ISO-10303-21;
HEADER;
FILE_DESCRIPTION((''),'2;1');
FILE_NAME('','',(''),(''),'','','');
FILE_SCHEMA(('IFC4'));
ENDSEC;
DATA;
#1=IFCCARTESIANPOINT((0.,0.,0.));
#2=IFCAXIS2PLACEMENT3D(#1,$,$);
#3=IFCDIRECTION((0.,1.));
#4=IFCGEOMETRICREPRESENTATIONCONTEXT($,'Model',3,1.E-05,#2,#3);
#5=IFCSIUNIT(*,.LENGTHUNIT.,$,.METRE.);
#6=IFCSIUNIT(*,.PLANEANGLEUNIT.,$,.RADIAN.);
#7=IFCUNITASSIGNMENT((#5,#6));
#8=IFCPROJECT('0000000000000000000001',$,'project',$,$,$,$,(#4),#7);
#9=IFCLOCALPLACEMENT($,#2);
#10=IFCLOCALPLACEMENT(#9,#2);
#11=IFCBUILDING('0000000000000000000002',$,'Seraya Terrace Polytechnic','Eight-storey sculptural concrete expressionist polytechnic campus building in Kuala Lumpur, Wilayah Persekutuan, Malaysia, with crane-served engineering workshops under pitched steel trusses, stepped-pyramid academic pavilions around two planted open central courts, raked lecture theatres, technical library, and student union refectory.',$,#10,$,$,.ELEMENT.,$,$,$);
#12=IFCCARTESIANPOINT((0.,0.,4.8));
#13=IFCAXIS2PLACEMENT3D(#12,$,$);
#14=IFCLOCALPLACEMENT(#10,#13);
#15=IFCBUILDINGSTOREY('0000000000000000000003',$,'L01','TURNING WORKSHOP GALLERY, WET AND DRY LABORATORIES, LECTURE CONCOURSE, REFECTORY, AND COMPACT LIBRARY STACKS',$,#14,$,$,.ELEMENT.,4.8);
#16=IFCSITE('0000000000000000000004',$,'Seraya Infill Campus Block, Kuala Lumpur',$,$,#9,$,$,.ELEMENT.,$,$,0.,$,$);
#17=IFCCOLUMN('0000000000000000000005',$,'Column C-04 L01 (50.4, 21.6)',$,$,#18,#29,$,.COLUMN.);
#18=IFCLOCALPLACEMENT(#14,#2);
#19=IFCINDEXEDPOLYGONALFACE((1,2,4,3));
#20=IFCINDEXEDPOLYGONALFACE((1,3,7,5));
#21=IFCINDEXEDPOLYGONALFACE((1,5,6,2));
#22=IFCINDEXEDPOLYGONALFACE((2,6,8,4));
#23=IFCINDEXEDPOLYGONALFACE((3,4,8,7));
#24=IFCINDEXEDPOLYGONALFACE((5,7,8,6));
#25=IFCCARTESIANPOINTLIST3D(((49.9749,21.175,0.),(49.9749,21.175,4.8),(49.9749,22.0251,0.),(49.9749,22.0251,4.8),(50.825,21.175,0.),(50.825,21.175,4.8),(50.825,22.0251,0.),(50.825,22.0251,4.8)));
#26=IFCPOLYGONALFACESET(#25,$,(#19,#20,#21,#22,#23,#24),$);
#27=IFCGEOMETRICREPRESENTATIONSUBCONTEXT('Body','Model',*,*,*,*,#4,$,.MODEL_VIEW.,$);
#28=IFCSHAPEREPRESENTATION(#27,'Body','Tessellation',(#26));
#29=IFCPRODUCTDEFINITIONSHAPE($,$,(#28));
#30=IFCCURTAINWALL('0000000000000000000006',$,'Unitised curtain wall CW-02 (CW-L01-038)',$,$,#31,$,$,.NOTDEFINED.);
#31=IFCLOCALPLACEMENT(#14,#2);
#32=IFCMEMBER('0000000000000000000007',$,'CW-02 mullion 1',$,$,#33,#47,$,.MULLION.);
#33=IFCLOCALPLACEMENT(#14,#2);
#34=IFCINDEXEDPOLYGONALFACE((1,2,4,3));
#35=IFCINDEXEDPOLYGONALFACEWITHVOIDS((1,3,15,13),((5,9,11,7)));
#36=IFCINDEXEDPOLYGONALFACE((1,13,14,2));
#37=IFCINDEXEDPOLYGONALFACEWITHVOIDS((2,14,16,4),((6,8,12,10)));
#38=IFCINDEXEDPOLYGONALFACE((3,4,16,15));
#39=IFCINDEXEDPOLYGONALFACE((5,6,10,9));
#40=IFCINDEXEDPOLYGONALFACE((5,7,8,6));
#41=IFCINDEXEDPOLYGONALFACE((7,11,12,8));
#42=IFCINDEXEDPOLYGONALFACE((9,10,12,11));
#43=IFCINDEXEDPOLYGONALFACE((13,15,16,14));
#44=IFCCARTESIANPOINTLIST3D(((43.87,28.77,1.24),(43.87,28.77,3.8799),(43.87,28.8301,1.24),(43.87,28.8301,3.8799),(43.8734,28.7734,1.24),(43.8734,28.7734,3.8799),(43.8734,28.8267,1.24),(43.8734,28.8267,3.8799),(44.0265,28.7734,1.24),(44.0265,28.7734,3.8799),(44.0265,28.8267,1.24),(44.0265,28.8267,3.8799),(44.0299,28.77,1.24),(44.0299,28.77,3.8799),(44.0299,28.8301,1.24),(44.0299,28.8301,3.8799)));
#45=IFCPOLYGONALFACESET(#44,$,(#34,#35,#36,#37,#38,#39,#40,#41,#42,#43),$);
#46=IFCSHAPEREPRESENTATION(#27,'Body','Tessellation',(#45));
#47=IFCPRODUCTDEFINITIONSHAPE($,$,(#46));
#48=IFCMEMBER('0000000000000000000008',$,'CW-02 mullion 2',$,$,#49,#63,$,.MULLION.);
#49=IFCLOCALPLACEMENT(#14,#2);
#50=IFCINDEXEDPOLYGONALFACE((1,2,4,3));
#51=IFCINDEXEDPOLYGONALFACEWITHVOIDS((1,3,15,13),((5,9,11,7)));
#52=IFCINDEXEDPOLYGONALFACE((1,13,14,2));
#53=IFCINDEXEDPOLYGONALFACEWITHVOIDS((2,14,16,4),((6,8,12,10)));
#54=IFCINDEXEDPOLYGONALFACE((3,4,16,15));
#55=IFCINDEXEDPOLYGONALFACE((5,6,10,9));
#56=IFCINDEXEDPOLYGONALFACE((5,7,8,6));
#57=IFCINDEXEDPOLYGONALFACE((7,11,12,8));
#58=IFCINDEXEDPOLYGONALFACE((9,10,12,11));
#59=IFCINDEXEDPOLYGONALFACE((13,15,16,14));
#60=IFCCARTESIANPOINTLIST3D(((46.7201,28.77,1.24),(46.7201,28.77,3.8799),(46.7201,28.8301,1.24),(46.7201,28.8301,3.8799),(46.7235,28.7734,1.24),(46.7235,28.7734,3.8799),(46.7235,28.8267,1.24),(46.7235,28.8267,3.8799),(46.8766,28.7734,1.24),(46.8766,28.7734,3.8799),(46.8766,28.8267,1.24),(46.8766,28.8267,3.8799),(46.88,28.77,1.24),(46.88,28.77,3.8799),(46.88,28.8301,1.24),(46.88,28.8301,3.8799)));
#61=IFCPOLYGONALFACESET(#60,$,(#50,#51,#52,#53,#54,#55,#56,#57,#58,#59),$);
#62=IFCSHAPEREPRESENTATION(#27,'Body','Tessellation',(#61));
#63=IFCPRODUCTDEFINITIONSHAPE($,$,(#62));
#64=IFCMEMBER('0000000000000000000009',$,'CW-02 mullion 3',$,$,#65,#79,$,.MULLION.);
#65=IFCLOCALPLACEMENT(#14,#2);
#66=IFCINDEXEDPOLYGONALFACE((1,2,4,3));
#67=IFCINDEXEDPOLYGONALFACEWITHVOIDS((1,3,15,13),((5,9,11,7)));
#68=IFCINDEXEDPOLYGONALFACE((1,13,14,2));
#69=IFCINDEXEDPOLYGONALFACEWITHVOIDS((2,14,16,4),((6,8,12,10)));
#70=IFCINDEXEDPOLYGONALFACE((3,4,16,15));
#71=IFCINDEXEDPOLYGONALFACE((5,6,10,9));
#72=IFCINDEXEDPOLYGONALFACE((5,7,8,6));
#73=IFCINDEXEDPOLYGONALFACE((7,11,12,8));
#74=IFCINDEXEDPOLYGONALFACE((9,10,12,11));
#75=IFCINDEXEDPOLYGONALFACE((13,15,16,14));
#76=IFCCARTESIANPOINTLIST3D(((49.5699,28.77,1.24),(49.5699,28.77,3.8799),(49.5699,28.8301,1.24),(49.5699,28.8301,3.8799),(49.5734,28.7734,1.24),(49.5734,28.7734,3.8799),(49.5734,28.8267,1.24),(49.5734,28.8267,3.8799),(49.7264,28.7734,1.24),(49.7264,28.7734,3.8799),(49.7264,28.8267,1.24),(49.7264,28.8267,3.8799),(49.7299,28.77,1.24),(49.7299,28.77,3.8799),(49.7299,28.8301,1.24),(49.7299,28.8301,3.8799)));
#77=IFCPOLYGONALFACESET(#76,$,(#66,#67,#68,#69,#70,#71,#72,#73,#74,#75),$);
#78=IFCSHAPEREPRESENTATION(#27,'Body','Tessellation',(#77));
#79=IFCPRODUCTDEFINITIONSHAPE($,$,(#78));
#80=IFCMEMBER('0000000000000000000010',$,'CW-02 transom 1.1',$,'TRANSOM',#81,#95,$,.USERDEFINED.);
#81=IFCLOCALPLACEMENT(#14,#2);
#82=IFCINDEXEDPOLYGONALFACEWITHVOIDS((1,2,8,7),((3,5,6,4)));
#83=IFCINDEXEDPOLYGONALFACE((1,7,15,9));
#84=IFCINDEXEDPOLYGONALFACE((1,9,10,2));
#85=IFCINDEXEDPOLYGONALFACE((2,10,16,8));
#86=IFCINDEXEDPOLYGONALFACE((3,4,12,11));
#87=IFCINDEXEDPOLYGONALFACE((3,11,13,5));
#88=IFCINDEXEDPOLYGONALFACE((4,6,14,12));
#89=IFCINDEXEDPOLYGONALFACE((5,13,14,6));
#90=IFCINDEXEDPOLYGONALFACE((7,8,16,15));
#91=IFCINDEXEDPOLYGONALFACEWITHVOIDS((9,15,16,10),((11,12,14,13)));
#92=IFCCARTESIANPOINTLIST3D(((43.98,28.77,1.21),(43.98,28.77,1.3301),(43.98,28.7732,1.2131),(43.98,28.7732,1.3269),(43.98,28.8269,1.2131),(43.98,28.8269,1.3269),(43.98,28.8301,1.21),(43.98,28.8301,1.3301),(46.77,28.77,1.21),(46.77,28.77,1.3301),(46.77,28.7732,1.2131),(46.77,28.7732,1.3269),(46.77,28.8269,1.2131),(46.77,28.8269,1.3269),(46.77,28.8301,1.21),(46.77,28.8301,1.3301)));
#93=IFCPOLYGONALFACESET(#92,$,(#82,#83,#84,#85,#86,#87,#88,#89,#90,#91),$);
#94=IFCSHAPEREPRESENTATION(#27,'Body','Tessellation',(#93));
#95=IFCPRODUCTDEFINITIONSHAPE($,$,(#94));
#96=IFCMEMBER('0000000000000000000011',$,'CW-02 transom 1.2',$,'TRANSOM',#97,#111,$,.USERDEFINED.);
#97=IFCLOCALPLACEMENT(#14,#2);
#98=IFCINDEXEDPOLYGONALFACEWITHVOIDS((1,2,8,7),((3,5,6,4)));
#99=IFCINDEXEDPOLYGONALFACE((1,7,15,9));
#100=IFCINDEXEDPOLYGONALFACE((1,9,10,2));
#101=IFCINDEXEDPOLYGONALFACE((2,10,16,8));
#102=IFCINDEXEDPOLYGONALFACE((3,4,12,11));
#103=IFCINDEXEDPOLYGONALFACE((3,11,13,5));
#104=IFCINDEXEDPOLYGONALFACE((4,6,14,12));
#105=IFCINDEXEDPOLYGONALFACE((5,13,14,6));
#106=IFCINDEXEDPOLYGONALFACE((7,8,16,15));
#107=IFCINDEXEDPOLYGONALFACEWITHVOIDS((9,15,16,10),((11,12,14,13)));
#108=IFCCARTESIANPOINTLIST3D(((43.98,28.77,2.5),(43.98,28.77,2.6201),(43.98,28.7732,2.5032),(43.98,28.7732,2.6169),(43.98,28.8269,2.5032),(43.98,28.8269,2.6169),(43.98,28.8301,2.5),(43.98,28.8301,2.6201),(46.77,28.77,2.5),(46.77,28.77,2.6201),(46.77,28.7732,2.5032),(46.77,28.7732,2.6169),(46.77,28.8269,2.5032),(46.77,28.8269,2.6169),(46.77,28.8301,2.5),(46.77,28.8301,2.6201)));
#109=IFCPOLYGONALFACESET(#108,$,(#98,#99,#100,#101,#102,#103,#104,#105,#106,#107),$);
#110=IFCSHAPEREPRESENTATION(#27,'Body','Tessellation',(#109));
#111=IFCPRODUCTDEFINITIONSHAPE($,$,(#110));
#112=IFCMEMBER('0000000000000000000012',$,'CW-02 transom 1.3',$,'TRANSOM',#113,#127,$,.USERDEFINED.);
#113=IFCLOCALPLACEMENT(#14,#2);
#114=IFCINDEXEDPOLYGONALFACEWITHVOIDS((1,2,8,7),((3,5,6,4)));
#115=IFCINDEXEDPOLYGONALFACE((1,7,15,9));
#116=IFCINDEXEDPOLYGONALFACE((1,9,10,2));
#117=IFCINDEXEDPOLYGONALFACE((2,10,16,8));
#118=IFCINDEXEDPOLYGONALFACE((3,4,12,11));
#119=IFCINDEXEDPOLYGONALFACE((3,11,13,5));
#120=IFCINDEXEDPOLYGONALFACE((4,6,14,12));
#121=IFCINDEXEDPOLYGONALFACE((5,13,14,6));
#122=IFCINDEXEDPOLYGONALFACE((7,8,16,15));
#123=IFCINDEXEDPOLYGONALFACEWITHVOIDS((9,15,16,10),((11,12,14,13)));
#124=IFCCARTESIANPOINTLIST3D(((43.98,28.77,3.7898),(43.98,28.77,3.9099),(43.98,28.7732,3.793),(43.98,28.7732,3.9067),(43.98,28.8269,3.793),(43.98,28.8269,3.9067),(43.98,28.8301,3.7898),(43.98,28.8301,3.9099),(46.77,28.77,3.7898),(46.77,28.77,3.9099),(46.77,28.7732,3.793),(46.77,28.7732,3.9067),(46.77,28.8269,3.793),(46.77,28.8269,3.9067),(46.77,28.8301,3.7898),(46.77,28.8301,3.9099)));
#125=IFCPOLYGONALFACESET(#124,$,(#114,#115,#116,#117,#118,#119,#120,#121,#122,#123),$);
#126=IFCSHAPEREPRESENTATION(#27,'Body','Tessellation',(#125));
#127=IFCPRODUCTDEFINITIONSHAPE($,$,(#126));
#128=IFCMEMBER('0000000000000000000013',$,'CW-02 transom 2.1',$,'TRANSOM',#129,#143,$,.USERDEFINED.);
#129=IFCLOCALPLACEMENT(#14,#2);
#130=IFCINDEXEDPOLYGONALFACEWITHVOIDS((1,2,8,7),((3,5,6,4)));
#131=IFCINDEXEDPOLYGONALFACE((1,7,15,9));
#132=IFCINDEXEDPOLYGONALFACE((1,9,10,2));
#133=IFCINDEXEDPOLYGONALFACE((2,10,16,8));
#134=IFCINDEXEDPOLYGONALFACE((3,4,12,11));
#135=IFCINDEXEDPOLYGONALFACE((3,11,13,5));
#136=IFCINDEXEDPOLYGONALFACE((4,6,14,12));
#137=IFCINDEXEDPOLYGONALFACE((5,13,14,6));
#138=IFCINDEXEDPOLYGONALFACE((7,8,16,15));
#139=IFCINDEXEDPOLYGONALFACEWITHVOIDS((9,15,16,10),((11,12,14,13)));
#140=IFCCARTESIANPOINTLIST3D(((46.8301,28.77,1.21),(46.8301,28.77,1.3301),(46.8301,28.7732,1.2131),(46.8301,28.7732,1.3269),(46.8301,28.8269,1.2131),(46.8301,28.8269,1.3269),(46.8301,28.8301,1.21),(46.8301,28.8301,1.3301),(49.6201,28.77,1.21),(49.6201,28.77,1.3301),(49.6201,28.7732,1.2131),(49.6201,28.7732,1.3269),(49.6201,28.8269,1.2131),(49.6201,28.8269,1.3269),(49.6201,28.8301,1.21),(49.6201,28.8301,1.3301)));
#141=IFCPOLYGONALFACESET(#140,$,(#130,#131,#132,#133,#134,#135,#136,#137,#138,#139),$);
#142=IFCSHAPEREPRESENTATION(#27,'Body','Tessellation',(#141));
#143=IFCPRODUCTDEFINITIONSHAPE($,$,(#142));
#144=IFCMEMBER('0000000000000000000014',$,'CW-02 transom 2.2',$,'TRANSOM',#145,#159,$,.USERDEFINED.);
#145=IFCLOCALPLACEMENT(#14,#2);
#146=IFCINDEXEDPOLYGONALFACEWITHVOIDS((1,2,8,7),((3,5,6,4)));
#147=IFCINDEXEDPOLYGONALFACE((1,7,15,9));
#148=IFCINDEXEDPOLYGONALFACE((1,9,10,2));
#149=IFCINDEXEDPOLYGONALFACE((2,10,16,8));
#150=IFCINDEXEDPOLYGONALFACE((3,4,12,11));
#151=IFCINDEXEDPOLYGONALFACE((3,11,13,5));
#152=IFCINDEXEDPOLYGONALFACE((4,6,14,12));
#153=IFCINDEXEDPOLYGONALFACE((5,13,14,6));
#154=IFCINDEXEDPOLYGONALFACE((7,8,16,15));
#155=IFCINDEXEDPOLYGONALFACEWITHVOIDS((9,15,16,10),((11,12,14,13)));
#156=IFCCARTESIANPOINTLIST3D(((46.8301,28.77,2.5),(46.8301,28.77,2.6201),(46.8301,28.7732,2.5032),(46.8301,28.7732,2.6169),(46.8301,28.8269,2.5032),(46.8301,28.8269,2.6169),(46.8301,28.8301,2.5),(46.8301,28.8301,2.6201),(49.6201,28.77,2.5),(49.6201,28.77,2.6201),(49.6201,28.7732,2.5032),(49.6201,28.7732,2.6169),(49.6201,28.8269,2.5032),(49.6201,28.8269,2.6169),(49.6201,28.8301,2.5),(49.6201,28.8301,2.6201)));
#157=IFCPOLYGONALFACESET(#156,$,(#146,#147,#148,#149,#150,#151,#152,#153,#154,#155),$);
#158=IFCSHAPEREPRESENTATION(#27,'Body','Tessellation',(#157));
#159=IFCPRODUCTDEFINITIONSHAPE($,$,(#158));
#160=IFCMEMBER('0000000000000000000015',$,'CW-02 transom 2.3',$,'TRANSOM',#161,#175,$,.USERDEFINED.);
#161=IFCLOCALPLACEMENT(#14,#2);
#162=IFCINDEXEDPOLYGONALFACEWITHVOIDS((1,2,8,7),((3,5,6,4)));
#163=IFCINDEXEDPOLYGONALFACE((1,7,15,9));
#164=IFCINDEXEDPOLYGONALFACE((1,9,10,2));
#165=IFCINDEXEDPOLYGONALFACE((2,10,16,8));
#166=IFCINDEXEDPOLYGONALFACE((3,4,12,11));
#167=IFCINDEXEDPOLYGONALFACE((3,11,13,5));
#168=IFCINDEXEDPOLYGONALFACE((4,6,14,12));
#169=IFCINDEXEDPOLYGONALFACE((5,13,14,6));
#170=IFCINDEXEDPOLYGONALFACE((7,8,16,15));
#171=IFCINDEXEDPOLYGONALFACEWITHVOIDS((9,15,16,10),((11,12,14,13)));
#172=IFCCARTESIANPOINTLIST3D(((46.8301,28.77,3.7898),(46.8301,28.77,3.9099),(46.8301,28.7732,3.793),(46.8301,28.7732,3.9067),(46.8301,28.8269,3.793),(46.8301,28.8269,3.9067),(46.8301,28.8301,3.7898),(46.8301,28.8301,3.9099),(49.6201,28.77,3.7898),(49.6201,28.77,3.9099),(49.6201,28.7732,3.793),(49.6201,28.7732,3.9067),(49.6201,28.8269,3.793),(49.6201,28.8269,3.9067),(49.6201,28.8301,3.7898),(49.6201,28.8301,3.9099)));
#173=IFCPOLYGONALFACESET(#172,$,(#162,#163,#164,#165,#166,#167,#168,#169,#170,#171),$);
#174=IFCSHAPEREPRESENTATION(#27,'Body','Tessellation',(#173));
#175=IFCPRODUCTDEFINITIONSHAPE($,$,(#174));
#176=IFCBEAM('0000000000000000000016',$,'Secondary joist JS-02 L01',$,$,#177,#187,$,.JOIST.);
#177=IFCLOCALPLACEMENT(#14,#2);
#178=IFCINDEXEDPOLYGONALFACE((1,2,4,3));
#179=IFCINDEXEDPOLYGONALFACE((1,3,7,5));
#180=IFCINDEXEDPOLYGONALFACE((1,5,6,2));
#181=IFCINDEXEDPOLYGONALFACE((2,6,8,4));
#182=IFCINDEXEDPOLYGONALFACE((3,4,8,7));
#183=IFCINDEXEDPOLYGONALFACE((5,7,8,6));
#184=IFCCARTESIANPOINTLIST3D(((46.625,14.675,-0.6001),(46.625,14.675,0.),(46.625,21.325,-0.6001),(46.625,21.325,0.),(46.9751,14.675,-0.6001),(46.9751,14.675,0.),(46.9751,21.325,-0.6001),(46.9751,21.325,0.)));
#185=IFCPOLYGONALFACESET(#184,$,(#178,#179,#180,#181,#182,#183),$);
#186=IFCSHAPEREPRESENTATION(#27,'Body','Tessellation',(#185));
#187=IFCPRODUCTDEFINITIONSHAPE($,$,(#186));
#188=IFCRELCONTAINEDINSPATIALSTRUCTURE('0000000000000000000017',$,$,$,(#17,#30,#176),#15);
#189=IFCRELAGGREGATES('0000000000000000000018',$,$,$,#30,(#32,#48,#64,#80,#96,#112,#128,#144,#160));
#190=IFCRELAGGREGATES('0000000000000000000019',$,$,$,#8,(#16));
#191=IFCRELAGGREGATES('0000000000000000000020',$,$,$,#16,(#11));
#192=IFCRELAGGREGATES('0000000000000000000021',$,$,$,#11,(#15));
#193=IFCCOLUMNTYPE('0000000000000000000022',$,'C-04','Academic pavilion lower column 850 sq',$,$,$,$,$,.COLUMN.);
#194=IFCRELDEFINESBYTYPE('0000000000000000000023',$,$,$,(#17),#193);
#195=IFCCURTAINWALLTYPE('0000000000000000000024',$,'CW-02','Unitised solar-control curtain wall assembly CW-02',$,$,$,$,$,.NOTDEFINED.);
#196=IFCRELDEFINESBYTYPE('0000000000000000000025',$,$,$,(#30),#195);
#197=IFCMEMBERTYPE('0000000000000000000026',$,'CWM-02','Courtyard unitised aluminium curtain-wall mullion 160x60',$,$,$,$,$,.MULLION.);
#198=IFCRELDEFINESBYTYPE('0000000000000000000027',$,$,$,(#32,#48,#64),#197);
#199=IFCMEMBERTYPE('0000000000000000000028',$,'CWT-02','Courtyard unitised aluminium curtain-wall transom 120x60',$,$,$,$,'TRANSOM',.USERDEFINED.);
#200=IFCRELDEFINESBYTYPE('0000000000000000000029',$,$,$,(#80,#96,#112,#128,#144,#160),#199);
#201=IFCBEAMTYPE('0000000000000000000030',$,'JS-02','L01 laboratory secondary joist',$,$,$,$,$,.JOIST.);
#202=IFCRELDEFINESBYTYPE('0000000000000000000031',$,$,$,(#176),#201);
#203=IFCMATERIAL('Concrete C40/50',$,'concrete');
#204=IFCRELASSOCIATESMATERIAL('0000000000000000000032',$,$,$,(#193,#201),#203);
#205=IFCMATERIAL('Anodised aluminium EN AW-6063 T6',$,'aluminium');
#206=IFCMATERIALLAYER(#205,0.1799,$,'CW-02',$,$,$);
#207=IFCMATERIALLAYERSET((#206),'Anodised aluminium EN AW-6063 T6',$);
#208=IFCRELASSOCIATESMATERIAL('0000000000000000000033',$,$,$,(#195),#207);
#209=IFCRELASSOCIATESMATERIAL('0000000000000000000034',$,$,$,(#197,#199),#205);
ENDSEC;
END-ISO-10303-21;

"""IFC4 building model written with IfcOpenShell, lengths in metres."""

from ifc_helpers import new_model, si_unit, direction, frame, origin, origin_2d, place, context, subcontext, project, spatial, rectangle, hollow_rectangle, extrude, material, layer, layer_set, material_profile, profile_set, type_object, element, aggregate, save


model = new_model("IFC4")

# Units and contexts
model_context = context("Model", 3, precision=1e-05, world=origin(), true_north=direction((0.0, 1.0)))
body_context = subcontext(model_context, "Body", "Model", "MODEL_VIEW")
ifc_project = project(units=[si_unit("LENGTHUNIT", "METRE"), si_unit("PLANEANGLEUNIT", "RADIAN")], contexts=[model_context])

# Site, building, storey
site_placement = place(None, origin())
site = spatial("IfcSite", under=ifc_project, at=site_placement, Name="Seraya Infill Campus Block, Kuala Lumpur", CompositionType="ELEMENT", RefElevation=0.0)
building_placement = place(site_placement, origin())
building = spatial("IfcBuilding", under=site, at=building_placement, Name="Seraya Terrace Polytechnic", Description="Eight-storey sculptural concrete expressionist polytechnic campus building in Kuala Lumpur, Wilayah Persekutuan, Malaysia, with crane-served engineering workshops under pitched steel trusses, stepped-pyramid academic pavilions around two planted open central courts, raked lecture theatres, technical library, and student union refectory.", CompositionType="ELEMENT")
storey_placement = place(building_placement, frame((0.0, 0.0, 4.8)))
storey = spatial("IfcBuildingStorey", under=building, at=storey_placement, Name="L01", Description="TURNING WORKSHOP GALLERY, WET AND DRY LABORATORIES, LECTURE CONCOURSE, REFECTORY, AND COMPACT LIBRARY STACKS", CompositionType="ELEMENT", Elevation=4.8)

# Column
ifc_material_1 = material(Name="Concrete C40/50", Category="concrete")
ifc_material_profile_1 = material_profile(ifc_material_1, rectangle(XDim=0.8501, YDim=0.8501, at=origin_2d()), Name="RC 850x850")
ifc_profile_set_1 = profile_set([ifc_material_profile_1], Name="Concrete C40/50")
column_type = type_object("IfcColumnType", Name="C-04", Description="Academic pavilion lower column 850 sq", PredefinedType="COLUMN", material=ifc_profile_set_1)
column_placement = place(storey_placement, frame((50.3999, 21.6001, 0.0), z_axis=(0.0, 0.0, 1.0), x_axis=(1.0, 0.0, 0.0)))
element("IfcColumn", 1, at=column_placement, inside=storey, type_object=column_type, Name="Column C-04 L01 (50.4, 21.6)", PredefinedType="COLUMN", context=body_context, shape_type="SweptSolid", body=[
    extrude(rectangle(XDim=0.8501, YDim=0.8501, at=origin_2d()), origin(), (0.0, 0.0, 1.0), 4.8),
])

# Curtain wall, members
ifc_material_2 = material(Name="Anodised aluminium EN AW-6063 T6", Category="aluminium")
ifc_layer_1 = layer(ifc_material_2, 0.1799, Name="CW-02")
ifc_layer_set_1 = layer_set([ifc_layer_1], Name="Anodised aluminium EN AW-6063 T6")
curtain_wall_type = type_object("IfcCurtainWallType", Name="CW-02", Description="Unitised solar-control curtain wall assembly CW-02", PredefinedType="NOTDEFINED", material=ifc_layer_set_1)
curtain_wall_placement = place(storey_placement, origin())
curtain_wall = element("IfcCurtainWall", 2, at=curtain_wall_placement, inside=storey, type_object=curtain_wall_type, Name="Unitised curtain wall CW-02 (CW-L01-038)", PredefinedType="NOTDEFINED")
ifc_material_profile_2 = material_profile(ifc_material_2, hollow_rectangle(XDim=0.0601, YDim=0.1599, WallThickness=0.0034, at=origin_2d()), Name="RHS 160x60x3.5")
ifc_profile_set_2 = profile_set([ifc_material_profile_2], Name="Anodised aluminium EN AW-6063 T6")
member_type_1 = type_object("IfcMemberType", Name="CWM-02", Description="Courtyard unitised aluminium curtain-wall mullion 160x60", PredefinedType="MULLION", material=ifc_profile_set_2)
member_1_placement = place(storey_placement, frame((43.95, 28.8, 1.24), z_axis=(0.0, 0.0, 1.0), x_axis=(0.0, 1.0, 0.0)))
member_1 = element("IfcMember", 3, at=member_1_placement, type_object=member_type_1, Name="CW-02 mullion 1", PredefinedType="MULLION", context=body_context, shape_type="SweptSolid", body=[
    extrude(hollow_rectangle(XDim=0.0601, YDim=0.1599, WallThickness=0.0034, at=origin_2d()), origin(), (0.0, 0.0, 1.0), 2.6399),
])
member_2_placement = place(storey_placement, frame((46.8, 28.8, 1.24), z_axis=(0.0, 0.0, 1.0), x_axis=(0.0, 1.0, 0.0)))
member_2 = element("IfcMember", 4, at=member_2_placement, type_object=member_type_1, Name="CW-02 mullion 2", PredefinedType="MULLION", context=body_context, shape_type="SweptSolid", body=[
    extrude(hollow_rectangle(XDim=0.0601, YDim=0.1599, WallThickness=0.0034, at=origin_2d()), origin(), (0.0, 0.0, 1.0), 2.6399),
])
member_3_placement = place(storey_placement, frame((49.6499, 28.8, 1.24), z_axis=(0.0, 0.0, 1.0), x_axis=(0.0, 1.0, 0.0)))
member_3 = element("IfcMember", 5, at=member_3_placement, type_object=member_type_1, Name="CW-02 mullion 3", PredefinedType="MULLION", context=body_context, shape_type="SweptSolid", body=[
    extrude(hollow_rectangle(XDim=0.0601, YDim=0.1599, WallThickness=0.0034, at=origin_2d()), origin(), (0.0, 0.0, 1.0), 2.6399),
])
ifc_material_profile_3 = material_profile(ifc_material_2, hollow_rectangle(XDim=0.0601, YDim=0.1201, WallThickness=0.0032, at=origin_2d()), Name="RHS 120x60x3.2")
ifc_profile_set_3 = profile_set([ifc_material_profile_3], Name="Anodised aluminium EN AW-6063 T6")
member_type_2 = type_object("IfcMemberType", Name="CWT-02", Description="Courtyard unitised aluminium curtain-wall transom 120x60", ElementType="TRANSOM", PredefinedType="USERDEFINED", material=ifc_profile_set_3)
member_4_placement = place(storey_placement, frame((43.98, 28.8, 1.27), z_axis=(1.0, 0.0, 0.0), x_axis=(0.0, 1.0, 0.0)))
member_4 = element("IfcMember", 6, at=member_4_placement, type_object=member_type_2, Name="CW-02 transom 1.1", ObjectType="TRANSOM", PredefinedType="USERDEFINED", context=body_context, shape_type="SweptSolid", body=[
    extrude(hollow_rectangle(XDim=0.0601, YDim=0.1201, WallThickness=0.0032, at=origin_2d()), origin(), (0.0, 0.0, 1.0), 2.79),
])
member_5_placement = place(storey_placement, frame((43.98, 28.8, 2.5601), z_axis=(1.0, 0.0, 0.0), x_axis=(0.0, 1.0, 0.0)))
member_5 = element("IfcMember", 7, at=member_5_placement, type_object=member_type_2, Name="CW-02 transom 1.2", ObjectType="TRANSOM", PredefinedType="USERDEFINED", context=body_context, shape_type="SweptSolid", body=[
    extrude(hollow_rectangle(XDim=0.0601, YDim=0.1201, WallThickness=0.0032, at=origin_2d()), origin(), (0.0, 0.0, 1.0), 2.79),
])
member_6_placement = place(storey_placement, frame((43.98, 28.8, 3.8499), z_axis=(1.0, 0.0, 0.0), x_axis=(0.0, 1.0, 0.0)))
member_6 = element("IfcMember", 8, at=member_6_placement, type_object=member_type_2, Name="CW-02 transom 1.3", ObjectType="TRANSOM", PredefinedType="USERDEFINED", context=body_context, shape_type="SweptSolid", body=[
    extrude(hollow_rectangle(XDim=0.0601, YDim=0.1201, WallThickness=0.0032, at=origin_2d()), origin(), (0.0, 0.0, 1.0), 2.79),
])
member_7_placement = place(storey_placement, frame((46.8301, 28.8, 1.27), z_axis=(1.0, 0.0, 0.0), x_axis=(0.0, 1.0, 0.0)))
member_7 = element("IfcMember", 9, at=member_7_placement, type_object=member_type_2, Name="CW-02 transom 2.1", ObjectType="TRANSOM", PredefinedType="USERDEFINED", context=body_context, shape_type="SweptSolid", body=[
    extrude(hollow_rectangle(XDim=0.0601, YDim=0.1201, WallThickness=0.0032, at=origin_2d()), origin(), (0.0, 0.0, 1.0), 2.79),
])
member_8_placement = place(storey_placement, frame((46.8301, 28.8, 2.5601), z_axis=(1.0, 0.0, 0.0), x_axis=(0.0, 1.0, 0.0)))
member_8 = element("IfcMember", 10, at=member_8_placement, type_object=member_type_2, Name="CW-02 transom 2.2", ObjectType="TRANSOM", PredefinedType="USERDEFINED", context=body_context, shape_type="SweptSolid", body=[
    extrude(hollow_rectangle(XDim=0.0601, YDim=0.1201, WallThickness=0.0032, at=origin_2d()), origin(), (0.0, 0.0, 1.0), 2.79),
])
member_9_placement = place(storey_placement, frame((46.8301, 28.8, 3.8499), z_axis=(1.0, 0.0, 0.0), x_axis=(0.0, 1.0, 0.0)))
member_9 = element("IfcMember", 11, at=member_9_placement, type_object=member_type_2, Name="CW-02 transom 2.3", ObjectType="TRANSOM", PredefinedType="USERDEFINED", context=body_context, shape_type="SweptSolid", body=[
    extrude(hollow_rectangle(XDim=0.0601, YDim=0.1201, WallThickness=0.0032, at=origin_2d()), origin(), (0.0, 0.0, 1.0), 2.79),
])

# Beam
ifc_material_profile_4 = material_profile(ifc_material_1, rectangle(XDim=0.3501, YDim=0.6001, at=origin_2d()), Name="RC 350x600")
ifc_profile_set_4 = profile_set([ifc_material_profile_4], Name="Concrete C40/50")
beam_type = type_object("IfcBeamType", Name="JS-02", Description="L01 laboratory secondary joist", PredefinedType="JOIST", material=ifc_profile_set_4)
for number, where, z_axis, x_axis, name in (
    (12, (46.8, 14.675, -0.3), (0.0, 1.0, 0.0), (-1.0, 0.0, 0.0), "Secondary joist JS-02 L01"),
):
    element("IfcBeam", number, at=place(storey_placement, frame(where, z_axis=z_axis, x_axis=x_axis)), inside=storey, type_object=beam_type, Name=name, PredefinedType="JOIST", context=body_context, shape_type="SweptSolid", body=[
        extrude(rectangle(XDim=0.3501, YDim=0.6001, at=origin_2d()), origin(), (0.0, 0.0, 1.0), 6.6499),
    ])

aggregate(curtain_wall, [member_1, member_2, member_3, member_4, member_5, member_6, member_7, member_8, member_9])

save(model, "model.ifc")
